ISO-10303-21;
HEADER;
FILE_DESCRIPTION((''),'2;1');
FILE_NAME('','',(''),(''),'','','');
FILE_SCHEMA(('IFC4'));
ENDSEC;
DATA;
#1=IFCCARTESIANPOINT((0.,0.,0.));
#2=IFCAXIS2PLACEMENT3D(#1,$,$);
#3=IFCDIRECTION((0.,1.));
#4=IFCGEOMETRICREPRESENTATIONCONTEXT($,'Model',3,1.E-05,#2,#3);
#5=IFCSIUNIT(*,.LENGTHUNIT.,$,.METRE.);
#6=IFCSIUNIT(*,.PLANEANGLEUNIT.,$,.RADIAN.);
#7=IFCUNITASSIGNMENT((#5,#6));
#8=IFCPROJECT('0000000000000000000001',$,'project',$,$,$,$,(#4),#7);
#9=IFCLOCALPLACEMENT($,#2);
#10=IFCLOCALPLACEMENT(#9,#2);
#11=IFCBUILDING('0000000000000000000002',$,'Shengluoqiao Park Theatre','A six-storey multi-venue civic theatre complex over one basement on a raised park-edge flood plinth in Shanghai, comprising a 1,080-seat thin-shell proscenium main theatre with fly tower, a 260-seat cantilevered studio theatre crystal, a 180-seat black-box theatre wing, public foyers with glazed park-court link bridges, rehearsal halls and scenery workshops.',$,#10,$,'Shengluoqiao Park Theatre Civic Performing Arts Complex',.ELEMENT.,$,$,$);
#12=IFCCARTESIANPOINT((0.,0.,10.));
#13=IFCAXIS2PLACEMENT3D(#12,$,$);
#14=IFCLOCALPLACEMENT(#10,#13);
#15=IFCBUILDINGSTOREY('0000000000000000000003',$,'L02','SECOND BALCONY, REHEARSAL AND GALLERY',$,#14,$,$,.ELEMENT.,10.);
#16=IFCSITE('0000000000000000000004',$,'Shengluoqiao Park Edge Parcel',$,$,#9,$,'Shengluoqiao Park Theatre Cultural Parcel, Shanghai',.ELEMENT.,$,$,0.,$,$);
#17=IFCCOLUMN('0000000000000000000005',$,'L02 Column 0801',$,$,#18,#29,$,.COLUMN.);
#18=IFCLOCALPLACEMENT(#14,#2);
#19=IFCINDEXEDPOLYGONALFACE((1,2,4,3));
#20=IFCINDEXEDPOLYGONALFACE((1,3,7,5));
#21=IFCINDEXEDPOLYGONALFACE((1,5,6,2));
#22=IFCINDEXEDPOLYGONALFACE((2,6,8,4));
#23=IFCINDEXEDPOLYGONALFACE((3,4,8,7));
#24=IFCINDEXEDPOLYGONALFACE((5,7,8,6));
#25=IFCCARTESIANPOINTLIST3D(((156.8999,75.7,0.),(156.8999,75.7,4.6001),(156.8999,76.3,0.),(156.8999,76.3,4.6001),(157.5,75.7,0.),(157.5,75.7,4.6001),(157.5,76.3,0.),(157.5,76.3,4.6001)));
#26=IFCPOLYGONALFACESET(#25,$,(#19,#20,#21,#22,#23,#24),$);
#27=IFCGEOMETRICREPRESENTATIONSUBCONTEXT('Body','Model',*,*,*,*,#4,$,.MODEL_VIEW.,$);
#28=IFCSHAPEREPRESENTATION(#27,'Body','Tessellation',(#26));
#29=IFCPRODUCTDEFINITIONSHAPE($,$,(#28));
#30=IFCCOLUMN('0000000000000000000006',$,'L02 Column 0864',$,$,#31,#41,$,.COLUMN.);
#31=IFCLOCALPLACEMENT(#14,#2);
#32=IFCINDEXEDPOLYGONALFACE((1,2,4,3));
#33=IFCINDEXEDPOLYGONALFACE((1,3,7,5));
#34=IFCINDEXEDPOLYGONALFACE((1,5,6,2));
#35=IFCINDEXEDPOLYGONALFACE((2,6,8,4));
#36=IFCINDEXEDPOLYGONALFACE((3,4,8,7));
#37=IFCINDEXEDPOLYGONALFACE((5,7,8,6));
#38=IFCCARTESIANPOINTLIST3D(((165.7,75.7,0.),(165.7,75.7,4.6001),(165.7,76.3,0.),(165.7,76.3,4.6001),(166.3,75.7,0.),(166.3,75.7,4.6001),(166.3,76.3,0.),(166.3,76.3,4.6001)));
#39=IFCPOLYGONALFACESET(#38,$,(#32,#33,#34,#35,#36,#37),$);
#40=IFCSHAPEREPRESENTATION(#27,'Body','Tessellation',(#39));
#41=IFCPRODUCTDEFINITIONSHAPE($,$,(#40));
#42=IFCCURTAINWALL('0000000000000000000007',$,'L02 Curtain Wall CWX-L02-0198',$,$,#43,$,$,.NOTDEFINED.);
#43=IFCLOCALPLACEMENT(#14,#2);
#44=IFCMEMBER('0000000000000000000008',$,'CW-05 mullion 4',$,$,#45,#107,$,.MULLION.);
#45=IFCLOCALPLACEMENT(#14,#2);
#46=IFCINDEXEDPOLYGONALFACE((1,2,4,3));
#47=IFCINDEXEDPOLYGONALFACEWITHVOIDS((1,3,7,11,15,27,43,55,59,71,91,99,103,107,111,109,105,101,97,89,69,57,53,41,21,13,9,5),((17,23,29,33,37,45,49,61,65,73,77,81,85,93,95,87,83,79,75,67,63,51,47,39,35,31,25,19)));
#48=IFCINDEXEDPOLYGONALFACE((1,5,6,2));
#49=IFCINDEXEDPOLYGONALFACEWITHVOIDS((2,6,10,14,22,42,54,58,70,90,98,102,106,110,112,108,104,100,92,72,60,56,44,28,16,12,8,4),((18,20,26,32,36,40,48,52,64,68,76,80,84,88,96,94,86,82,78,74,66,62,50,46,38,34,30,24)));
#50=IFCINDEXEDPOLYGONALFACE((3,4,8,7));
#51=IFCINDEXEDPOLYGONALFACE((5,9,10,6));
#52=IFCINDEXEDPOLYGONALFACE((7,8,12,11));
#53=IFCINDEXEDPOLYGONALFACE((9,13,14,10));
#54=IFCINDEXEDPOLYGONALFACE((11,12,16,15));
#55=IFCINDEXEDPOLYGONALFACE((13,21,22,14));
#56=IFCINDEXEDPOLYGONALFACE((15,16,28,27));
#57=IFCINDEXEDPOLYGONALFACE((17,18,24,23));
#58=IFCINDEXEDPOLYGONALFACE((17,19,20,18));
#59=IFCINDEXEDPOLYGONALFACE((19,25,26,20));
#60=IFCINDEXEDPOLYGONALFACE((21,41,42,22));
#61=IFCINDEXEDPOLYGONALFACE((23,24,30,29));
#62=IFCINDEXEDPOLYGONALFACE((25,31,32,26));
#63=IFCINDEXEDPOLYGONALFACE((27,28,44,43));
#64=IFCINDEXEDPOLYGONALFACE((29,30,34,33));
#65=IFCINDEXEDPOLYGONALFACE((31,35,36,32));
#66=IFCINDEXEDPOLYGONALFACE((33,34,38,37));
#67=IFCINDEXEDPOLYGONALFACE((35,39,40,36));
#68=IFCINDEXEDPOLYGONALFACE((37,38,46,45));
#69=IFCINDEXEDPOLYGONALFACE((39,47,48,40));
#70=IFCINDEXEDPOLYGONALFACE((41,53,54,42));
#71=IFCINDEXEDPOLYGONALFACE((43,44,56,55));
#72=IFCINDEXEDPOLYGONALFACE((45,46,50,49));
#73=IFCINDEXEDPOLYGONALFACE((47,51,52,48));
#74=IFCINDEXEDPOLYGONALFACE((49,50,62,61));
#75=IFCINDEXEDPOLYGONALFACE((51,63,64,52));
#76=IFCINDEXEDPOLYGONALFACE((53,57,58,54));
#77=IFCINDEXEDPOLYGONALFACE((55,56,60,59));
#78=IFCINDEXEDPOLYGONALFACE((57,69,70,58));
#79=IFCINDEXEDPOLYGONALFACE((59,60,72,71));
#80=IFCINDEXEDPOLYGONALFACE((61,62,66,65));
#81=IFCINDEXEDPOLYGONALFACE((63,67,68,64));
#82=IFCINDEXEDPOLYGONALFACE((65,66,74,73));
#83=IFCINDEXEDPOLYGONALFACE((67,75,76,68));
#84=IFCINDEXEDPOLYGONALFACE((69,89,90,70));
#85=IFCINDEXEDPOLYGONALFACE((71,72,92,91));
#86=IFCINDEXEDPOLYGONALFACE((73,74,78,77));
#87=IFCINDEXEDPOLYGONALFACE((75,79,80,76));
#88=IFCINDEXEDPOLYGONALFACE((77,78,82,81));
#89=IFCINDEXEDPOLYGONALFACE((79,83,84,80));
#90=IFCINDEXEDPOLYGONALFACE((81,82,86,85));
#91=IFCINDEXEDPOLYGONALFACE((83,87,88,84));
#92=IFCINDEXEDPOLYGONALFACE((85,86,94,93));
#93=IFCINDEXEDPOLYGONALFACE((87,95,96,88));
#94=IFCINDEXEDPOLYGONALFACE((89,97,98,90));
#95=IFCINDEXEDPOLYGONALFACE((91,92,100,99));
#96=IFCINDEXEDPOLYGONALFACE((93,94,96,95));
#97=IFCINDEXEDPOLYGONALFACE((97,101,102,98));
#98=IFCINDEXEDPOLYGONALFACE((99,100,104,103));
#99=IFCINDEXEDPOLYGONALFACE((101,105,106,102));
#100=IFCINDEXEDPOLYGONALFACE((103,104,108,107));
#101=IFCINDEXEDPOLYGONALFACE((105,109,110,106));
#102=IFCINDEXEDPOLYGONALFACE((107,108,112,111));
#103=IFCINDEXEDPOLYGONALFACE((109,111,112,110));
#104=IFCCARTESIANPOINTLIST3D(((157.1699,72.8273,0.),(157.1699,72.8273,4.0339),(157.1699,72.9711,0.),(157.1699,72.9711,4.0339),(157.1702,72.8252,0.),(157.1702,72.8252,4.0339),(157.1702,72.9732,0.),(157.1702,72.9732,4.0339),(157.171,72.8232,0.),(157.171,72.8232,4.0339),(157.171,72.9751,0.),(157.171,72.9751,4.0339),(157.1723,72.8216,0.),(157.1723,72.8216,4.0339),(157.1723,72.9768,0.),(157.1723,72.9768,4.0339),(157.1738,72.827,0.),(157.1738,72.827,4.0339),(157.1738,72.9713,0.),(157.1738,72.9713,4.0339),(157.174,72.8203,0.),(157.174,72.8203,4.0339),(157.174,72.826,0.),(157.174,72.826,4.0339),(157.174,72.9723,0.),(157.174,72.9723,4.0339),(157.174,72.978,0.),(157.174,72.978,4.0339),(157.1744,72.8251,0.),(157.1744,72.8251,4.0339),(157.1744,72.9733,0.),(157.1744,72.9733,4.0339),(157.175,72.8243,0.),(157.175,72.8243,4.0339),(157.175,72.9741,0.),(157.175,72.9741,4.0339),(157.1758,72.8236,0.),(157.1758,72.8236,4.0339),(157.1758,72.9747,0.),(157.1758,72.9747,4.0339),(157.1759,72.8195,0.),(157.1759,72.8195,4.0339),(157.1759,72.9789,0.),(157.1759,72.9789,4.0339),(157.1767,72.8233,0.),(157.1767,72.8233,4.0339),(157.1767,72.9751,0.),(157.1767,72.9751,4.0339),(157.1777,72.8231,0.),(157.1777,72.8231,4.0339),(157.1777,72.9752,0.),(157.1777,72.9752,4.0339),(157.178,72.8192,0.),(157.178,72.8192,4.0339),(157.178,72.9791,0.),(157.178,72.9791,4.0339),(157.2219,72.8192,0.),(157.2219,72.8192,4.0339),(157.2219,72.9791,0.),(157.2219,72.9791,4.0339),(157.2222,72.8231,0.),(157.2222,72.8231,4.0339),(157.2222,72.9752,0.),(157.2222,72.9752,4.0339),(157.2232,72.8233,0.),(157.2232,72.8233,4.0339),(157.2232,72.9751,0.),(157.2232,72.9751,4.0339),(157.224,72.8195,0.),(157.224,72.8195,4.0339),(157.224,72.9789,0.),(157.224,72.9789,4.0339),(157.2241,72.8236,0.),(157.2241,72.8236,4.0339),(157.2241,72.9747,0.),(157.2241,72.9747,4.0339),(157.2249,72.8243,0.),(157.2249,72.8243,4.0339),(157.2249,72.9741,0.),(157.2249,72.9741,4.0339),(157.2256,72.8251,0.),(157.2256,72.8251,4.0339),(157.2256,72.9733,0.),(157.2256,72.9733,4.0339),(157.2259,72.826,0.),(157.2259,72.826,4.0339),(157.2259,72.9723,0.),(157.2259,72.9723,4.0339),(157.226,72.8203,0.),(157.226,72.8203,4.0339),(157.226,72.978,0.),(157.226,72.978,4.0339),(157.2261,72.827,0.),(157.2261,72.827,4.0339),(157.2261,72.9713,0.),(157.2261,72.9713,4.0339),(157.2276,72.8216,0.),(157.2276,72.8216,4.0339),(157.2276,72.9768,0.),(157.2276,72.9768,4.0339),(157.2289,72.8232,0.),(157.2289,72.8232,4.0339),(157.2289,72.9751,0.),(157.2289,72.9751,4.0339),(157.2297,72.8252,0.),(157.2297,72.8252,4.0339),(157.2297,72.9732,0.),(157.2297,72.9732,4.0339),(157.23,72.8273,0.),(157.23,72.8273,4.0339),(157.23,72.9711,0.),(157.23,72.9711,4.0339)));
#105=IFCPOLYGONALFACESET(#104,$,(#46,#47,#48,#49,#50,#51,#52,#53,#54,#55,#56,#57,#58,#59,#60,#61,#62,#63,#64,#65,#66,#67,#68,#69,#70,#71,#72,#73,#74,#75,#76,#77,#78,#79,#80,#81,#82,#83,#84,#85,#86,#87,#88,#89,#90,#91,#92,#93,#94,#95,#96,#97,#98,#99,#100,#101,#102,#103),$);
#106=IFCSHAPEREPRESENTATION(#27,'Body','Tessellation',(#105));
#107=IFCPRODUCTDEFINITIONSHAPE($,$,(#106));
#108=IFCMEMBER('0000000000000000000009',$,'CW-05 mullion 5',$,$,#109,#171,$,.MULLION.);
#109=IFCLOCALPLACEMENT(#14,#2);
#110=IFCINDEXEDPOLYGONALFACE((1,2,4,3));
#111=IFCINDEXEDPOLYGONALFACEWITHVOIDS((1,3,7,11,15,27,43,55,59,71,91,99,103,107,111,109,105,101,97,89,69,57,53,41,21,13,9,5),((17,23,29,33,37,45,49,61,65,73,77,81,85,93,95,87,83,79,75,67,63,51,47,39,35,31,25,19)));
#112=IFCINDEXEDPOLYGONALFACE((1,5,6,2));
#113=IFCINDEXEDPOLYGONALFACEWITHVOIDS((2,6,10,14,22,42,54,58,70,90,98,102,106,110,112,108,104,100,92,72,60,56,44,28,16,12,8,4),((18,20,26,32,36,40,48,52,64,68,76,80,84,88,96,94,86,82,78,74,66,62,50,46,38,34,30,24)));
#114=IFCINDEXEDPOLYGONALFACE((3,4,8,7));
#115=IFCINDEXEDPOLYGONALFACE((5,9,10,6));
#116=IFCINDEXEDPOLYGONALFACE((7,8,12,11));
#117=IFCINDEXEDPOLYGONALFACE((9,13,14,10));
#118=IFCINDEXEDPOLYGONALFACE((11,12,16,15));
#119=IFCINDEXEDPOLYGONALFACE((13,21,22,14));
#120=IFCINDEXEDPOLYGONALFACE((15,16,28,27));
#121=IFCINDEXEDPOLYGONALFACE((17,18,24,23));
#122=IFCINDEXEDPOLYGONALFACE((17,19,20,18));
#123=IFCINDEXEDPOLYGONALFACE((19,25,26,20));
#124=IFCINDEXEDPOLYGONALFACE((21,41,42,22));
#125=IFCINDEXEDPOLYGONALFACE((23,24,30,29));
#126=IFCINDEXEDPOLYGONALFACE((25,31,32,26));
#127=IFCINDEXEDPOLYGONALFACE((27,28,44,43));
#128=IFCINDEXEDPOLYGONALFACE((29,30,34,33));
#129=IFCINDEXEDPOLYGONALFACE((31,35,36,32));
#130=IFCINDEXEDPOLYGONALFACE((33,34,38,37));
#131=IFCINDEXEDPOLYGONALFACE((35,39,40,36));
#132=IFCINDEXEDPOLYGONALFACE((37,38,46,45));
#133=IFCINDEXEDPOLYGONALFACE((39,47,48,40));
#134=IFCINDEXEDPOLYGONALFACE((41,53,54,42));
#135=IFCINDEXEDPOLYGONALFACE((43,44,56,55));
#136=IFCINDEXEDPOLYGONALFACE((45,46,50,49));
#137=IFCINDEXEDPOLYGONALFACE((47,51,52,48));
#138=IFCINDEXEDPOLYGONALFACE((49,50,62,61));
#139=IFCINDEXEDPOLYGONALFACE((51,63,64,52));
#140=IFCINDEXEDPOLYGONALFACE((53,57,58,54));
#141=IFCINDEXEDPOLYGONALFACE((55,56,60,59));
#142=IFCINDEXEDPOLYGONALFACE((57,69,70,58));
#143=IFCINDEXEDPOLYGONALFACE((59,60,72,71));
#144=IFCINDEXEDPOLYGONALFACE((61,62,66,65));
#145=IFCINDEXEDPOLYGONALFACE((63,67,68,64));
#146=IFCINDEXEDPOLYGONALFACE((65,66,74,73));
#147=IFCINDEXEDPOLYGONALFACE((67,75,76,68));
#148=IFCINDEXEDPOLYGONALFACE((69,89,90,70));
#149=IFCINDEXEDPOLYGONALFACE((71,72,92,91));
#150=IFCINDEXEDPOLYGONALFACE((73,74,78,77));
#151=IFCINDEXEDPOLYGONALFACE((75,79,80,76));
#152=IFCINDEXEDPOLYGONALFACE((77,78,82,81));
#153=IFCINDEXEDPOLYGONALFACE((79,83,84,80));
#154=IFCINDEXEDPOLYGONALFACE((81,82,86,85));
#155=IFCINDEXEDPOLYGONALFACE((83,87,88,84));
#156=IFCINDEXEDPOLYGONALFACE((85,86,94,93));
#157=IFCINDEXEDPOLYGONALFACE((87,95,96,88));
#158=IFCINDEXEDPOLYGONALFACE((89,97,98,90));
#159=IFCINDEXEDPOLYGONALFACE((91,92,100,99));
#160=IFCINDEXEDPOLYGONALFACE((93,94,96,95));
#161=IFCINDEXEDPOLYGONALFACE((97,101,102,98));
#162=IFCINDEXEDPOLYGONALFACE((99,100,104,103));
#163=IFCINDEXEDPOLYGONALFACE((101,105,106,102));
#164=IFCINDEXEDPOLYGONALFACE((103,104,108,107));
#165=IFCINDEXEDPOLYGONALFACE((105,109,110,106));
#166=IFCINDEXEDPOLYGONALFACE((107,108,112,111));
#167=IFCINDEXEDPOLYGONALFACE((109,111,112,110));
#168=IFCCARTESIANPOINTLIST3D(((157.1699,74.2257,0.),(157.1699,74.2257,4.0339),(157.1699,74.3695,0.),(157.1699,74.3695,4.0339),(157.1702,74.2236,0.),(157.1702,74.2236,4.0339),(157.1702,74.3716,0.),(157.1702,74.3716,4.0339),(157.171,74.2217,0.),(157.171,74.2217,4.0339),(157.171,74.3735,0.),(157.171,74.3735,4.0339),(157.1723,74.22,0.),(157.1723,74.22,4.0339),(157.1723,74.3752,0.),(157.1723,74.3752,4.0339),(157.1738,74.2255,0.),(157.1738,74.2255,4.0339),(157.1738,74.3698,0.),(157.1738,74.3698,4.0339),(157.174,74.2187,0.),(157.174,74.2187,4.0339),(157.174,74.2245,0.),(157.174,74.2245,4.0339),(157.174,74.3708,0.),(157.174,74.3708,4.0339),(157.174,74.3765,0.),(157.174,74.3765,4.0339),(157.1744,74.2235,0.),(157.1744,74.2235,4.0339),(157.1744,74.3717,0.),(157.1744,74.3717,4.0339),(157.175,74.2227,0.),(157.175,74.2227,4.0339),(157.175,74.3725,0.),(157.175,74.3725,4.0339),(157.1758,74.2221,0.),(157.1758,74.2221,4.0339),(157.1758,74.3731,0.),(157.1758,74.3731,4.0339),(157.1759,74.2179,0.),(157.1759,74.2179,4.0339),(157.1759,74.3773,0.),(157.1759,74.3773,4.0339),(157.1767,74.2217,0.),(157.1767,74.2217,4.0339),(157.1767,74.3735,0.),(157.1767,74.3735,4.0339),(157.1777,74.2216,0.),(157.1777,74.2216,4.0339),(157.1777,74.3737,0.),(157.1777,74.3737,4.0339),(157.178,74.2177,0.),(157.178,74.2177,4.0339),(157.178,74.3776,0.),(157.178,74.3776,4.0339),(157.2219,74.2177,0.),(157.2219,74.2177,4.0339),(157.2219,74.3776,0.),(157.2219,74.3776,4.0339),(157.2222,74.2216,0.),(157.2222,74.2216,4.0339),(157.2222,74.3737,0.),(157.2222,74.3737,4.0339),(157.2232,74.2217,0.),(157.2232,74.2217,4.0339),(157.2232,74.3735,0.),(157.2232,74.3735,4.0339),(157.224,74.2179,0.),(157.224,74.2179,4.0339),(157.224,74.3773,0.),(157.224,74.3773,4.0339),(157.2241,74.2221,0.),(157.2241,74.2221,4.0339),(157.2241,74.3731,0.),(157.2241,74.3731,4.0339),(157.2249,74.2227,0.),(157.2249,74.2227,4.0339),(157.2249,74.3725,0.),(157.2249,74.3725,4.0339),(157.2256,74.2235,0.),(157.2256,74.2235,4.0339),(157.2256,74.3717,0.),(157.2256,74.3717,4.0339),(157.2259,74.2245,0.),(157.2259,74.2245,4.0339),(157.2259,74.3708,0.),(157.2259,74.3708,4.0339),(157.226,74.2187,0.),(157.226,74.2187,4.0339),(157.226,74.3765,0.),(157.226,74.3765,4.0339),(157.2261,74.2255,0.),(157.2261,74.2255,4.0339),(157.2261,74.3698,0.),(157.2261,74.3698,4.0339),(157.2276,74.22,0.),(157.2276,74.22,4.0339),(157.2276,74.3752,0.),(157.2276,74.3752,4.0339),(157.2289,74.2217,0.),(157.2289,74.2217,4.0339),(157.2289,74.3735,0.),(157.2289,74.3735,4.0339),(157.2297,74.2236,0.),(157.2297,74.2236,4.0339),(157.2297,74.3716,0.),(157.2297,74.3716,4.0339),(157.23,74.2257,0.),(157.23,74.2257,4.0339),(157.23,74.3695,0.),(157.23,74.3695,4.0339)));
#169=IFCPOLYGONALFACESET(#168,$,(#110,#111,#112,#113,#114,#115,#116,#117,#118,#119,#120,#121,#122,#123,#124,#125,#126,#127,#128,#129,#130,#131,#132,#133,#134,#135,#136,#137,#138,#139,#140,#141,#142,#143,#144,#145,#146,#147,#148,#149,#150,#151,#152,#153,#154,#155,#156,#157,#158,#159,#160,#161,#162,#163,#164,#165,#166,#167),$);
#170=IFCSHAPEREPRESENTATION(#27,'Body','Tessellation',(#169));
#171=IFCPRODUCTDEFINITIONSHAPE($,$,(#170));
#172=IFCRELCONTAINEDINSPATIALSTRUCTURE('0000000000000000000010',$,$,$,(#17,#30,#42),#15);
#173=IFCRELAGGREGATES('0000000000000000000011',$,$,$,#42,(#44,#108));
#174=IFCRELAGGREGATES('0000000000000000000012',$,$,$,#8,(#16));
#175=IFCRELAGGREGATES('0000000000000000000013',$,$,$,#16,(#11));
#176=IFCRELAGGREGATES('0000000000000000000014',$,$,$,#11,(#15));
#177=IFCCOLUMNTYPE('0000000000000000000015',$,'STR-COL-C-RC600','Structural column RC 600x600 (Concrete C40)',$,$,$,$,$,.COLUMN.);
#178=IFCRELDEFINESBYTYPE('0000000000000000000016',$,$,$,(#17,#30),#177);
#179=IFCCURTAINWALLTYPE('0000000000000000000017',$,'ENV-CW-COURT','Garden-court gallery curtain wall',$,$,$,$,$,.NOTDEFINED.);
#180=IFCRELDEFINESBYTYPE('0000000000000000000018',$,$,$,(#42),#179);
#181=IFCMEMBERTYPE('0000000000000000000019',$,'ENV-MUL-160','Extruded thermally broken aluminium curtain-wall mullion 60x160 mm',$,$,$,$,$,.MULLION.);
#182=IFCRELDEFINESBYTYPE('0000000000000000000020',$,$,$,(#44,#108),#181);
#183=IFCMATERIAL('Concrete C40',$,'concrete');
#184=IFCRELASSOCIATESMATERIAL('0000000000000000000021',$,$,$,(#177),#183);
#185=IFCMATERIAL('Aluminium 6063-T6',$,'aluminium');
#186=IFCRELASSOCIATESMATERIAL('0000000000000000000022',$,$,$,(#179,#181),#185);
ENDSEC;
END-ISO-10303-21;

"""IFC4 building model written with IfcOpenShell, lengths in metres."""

from ifc_helpers import new_model, si_unit, direction, frame, origin, origin_2d, place, context, subcontext, project, spatial, rectangle, hollow_rectangle, extrude, material, material_profile, profile_set, type_object, element, aggregate, save


model = new_model("IFC4")

# Units and contexts
model_context = context("Model", 3, precision=1e-05, world=origin(), true_north=direction((0.0, 1.0)))
body_context = subcontext(model_context, "Body", "Model", "MODEL_VIEW")
ifc_project = project(units=[si_unit("LENGTHUNIT", "METRE"), si_unit("PLANEANGLEUNIT", "RADIAN")], contexts=[model_context])

# Site, building, storey
site_placement = place(None, origin())
site = spatial("IfcSite", under=ifc_project, at=site_placement, Name="Shengluoqiao Park Edge Parcel", LongName="Shengluoqiao Park Theatre Cultural Parcel, Shanghai", CompositionType="ELEMENT", RefElevation=0.0)
building_placement = place(site_placement, origin())
building = spatial("IfcBuilding", under=site, at=building_placement, Name="Shengluoqiao Park Theatre", Description="A six-storey multi-venue civic theatre complex over one basement on a raised park-edge flood plinth in Shanghai, comprising a 1,080-seat thin-shell proscenium main theatre with fly tower, a 260-seat cantilevered studio theatre crystal, a 180-seat black-box theatre wing, public foyers with glazed park-court link bridges, rehearsal halls and scenery workshops.", LongName="Shengluoqiao Park Theatre Civic Performing Arts Complex", CompositionType="ELEMENT")
storey_placement = place(building_placement, frame((0.0, 0.0, 10.0)))
storey = spatial("IfcBuildingStorey", under=building, at=storey_placement, Name="L02", Description="SECOND BALCONY, REHEARSAL AND GALLERY", CompositionType="ELEMENT", Elevation=10.0)

# Columns
ifc_material_1 = material(Name="Concrete C40", Category="concrete")
ifc_material_profile_1 = material_profile(ifc_material_1, rectangle(XDim=0.6001, YDim=0.6001, at=origin_2d()), Name="RC 600x600")
ifc_profile_set_1 = profile_set([ifc_material_profile_1], Name="Concrete C40")
column_type = type_object("IfcColumnType", Name="STR-COL-C-RC600", Description="Structural column RC 600x600 (Concrete C40)", PredefinedType="COLUMN", material=ifc_profile_set_1)
for number, where, z_axis, x_axis, name in (
    (1, (157.2, 76.0, 0.0), (0.0, 0.0, 1.0), (1.0, 0.0, 0.0), "L02 Column 0801"),
    (2, (166.0, 76.0, 0.0), (0.0, 0.0, 1.0), (1.0, 0.0, 0.0), "L02 Column 0864"),
):
    element("IfcColumn", number, at=place(storey_placement, frame(where, z_axis=z_axis, x_axis=x_axis)), inside=storey, type_object=column_type, Name=name, PredefinedType="COLUMN", context=body_context, shape_type="SweptSolid", body=[
        extrude(rectangle(XDim=0.6001, YDim=0.6001, at=origin_2d()), origin(), (0.0, 0.0, 1.0), 4.6001),
    ])

# Curtain wall, members
ifc_material_2 = material(Name="Aluminium 6063-T6", Category="aluminium")
curtain_wall_type = type_object("IfcCurtainWallType", Name="ENV-CW-COURT", Description="Garden-court gallery curtain wall", PredefinedType="NOTDEFINED", material=ifc_material_2)
curtain_wall_placement = place(storey_placement, origin())
curtain_wall = element("IfcCurtainWall", 3, at=curtain_wall_placement, inside=storey, type_object=curtain_wall_type, Name="L02 Curtain Wall CWX-L02-0198", PredefinedType="NOTDEFINED")
ifc_material_profile_2 = material_profile(ifc_material_2, hollow_rectangle(XDim=0.0601, YDim=0.1599, WallThickness=0.0039, InnerFilletRadius=0.0039, OuterFilletRadius=0.0081, at=origin_2d()), Name="ALU MULLION 160x60x4")
ifc_profile_set_2 = profile_set([ifc_material_profile_2], Name="Aluminium 6063-T6")
member_type_1 = type_object("IfcMemberType", Name="ENV-MUL-160", Description="Extruded thermally broken aluminium curtain-wall mullion 60x160 mm", PredefinedType="MULLION", material=ifc_profile_set_2)
member_1_placement = place(storey_placement, frame((157.2, 72.8992, 0.0), z_axis=(0.0, 0.0, 1.0), x_axis=(-1.0, 0.0, 0.0)))
member_1 = element("IfcMember", 4, at=member_1_placement, type_object=member_type_1, Name="CW-05 mullion 4", PredefinedType="MULLION", context=body_context, shape_type="SweptSolid", body=[
    extrude(hollow_rectangle(XDim=0.0601, YDim=0.1599, WallThickness=0.0039, InnerFilletRadius=0.0039, OuterFilletRadius=0.0081, at=origin_2d()), origin(), (0.0, 0.0, 1.0), 4.0339),
])
member_2_placement = place(storey_placement, frame((157.2, 74.2976, 0.0), z_axis=(0.0, 0.0, 1.0), x_axis=(-1.0, 0.0, 0.0)))
member_2 = element("IfcMember", 5, at=member_2_placement, type_object=member_type_1, Name="CW-05 mullion 5", PredefinedType="MULLION", context=body_context, shape_type="SweptSolid", body=[
    extrude(hollow_rectangle(XDim=0.0601, YDim=0.1599, WallThickness=0.0039, InnerFilletRadius=0.0039, OuterFilletRadius=0.0081, at=origin_2d()), origin(), (0.0, 0.0, 1.0), 4.0339),
])

aggregate(curtain_wall, [member_1, member_2])

save(model, "model.ifc")
